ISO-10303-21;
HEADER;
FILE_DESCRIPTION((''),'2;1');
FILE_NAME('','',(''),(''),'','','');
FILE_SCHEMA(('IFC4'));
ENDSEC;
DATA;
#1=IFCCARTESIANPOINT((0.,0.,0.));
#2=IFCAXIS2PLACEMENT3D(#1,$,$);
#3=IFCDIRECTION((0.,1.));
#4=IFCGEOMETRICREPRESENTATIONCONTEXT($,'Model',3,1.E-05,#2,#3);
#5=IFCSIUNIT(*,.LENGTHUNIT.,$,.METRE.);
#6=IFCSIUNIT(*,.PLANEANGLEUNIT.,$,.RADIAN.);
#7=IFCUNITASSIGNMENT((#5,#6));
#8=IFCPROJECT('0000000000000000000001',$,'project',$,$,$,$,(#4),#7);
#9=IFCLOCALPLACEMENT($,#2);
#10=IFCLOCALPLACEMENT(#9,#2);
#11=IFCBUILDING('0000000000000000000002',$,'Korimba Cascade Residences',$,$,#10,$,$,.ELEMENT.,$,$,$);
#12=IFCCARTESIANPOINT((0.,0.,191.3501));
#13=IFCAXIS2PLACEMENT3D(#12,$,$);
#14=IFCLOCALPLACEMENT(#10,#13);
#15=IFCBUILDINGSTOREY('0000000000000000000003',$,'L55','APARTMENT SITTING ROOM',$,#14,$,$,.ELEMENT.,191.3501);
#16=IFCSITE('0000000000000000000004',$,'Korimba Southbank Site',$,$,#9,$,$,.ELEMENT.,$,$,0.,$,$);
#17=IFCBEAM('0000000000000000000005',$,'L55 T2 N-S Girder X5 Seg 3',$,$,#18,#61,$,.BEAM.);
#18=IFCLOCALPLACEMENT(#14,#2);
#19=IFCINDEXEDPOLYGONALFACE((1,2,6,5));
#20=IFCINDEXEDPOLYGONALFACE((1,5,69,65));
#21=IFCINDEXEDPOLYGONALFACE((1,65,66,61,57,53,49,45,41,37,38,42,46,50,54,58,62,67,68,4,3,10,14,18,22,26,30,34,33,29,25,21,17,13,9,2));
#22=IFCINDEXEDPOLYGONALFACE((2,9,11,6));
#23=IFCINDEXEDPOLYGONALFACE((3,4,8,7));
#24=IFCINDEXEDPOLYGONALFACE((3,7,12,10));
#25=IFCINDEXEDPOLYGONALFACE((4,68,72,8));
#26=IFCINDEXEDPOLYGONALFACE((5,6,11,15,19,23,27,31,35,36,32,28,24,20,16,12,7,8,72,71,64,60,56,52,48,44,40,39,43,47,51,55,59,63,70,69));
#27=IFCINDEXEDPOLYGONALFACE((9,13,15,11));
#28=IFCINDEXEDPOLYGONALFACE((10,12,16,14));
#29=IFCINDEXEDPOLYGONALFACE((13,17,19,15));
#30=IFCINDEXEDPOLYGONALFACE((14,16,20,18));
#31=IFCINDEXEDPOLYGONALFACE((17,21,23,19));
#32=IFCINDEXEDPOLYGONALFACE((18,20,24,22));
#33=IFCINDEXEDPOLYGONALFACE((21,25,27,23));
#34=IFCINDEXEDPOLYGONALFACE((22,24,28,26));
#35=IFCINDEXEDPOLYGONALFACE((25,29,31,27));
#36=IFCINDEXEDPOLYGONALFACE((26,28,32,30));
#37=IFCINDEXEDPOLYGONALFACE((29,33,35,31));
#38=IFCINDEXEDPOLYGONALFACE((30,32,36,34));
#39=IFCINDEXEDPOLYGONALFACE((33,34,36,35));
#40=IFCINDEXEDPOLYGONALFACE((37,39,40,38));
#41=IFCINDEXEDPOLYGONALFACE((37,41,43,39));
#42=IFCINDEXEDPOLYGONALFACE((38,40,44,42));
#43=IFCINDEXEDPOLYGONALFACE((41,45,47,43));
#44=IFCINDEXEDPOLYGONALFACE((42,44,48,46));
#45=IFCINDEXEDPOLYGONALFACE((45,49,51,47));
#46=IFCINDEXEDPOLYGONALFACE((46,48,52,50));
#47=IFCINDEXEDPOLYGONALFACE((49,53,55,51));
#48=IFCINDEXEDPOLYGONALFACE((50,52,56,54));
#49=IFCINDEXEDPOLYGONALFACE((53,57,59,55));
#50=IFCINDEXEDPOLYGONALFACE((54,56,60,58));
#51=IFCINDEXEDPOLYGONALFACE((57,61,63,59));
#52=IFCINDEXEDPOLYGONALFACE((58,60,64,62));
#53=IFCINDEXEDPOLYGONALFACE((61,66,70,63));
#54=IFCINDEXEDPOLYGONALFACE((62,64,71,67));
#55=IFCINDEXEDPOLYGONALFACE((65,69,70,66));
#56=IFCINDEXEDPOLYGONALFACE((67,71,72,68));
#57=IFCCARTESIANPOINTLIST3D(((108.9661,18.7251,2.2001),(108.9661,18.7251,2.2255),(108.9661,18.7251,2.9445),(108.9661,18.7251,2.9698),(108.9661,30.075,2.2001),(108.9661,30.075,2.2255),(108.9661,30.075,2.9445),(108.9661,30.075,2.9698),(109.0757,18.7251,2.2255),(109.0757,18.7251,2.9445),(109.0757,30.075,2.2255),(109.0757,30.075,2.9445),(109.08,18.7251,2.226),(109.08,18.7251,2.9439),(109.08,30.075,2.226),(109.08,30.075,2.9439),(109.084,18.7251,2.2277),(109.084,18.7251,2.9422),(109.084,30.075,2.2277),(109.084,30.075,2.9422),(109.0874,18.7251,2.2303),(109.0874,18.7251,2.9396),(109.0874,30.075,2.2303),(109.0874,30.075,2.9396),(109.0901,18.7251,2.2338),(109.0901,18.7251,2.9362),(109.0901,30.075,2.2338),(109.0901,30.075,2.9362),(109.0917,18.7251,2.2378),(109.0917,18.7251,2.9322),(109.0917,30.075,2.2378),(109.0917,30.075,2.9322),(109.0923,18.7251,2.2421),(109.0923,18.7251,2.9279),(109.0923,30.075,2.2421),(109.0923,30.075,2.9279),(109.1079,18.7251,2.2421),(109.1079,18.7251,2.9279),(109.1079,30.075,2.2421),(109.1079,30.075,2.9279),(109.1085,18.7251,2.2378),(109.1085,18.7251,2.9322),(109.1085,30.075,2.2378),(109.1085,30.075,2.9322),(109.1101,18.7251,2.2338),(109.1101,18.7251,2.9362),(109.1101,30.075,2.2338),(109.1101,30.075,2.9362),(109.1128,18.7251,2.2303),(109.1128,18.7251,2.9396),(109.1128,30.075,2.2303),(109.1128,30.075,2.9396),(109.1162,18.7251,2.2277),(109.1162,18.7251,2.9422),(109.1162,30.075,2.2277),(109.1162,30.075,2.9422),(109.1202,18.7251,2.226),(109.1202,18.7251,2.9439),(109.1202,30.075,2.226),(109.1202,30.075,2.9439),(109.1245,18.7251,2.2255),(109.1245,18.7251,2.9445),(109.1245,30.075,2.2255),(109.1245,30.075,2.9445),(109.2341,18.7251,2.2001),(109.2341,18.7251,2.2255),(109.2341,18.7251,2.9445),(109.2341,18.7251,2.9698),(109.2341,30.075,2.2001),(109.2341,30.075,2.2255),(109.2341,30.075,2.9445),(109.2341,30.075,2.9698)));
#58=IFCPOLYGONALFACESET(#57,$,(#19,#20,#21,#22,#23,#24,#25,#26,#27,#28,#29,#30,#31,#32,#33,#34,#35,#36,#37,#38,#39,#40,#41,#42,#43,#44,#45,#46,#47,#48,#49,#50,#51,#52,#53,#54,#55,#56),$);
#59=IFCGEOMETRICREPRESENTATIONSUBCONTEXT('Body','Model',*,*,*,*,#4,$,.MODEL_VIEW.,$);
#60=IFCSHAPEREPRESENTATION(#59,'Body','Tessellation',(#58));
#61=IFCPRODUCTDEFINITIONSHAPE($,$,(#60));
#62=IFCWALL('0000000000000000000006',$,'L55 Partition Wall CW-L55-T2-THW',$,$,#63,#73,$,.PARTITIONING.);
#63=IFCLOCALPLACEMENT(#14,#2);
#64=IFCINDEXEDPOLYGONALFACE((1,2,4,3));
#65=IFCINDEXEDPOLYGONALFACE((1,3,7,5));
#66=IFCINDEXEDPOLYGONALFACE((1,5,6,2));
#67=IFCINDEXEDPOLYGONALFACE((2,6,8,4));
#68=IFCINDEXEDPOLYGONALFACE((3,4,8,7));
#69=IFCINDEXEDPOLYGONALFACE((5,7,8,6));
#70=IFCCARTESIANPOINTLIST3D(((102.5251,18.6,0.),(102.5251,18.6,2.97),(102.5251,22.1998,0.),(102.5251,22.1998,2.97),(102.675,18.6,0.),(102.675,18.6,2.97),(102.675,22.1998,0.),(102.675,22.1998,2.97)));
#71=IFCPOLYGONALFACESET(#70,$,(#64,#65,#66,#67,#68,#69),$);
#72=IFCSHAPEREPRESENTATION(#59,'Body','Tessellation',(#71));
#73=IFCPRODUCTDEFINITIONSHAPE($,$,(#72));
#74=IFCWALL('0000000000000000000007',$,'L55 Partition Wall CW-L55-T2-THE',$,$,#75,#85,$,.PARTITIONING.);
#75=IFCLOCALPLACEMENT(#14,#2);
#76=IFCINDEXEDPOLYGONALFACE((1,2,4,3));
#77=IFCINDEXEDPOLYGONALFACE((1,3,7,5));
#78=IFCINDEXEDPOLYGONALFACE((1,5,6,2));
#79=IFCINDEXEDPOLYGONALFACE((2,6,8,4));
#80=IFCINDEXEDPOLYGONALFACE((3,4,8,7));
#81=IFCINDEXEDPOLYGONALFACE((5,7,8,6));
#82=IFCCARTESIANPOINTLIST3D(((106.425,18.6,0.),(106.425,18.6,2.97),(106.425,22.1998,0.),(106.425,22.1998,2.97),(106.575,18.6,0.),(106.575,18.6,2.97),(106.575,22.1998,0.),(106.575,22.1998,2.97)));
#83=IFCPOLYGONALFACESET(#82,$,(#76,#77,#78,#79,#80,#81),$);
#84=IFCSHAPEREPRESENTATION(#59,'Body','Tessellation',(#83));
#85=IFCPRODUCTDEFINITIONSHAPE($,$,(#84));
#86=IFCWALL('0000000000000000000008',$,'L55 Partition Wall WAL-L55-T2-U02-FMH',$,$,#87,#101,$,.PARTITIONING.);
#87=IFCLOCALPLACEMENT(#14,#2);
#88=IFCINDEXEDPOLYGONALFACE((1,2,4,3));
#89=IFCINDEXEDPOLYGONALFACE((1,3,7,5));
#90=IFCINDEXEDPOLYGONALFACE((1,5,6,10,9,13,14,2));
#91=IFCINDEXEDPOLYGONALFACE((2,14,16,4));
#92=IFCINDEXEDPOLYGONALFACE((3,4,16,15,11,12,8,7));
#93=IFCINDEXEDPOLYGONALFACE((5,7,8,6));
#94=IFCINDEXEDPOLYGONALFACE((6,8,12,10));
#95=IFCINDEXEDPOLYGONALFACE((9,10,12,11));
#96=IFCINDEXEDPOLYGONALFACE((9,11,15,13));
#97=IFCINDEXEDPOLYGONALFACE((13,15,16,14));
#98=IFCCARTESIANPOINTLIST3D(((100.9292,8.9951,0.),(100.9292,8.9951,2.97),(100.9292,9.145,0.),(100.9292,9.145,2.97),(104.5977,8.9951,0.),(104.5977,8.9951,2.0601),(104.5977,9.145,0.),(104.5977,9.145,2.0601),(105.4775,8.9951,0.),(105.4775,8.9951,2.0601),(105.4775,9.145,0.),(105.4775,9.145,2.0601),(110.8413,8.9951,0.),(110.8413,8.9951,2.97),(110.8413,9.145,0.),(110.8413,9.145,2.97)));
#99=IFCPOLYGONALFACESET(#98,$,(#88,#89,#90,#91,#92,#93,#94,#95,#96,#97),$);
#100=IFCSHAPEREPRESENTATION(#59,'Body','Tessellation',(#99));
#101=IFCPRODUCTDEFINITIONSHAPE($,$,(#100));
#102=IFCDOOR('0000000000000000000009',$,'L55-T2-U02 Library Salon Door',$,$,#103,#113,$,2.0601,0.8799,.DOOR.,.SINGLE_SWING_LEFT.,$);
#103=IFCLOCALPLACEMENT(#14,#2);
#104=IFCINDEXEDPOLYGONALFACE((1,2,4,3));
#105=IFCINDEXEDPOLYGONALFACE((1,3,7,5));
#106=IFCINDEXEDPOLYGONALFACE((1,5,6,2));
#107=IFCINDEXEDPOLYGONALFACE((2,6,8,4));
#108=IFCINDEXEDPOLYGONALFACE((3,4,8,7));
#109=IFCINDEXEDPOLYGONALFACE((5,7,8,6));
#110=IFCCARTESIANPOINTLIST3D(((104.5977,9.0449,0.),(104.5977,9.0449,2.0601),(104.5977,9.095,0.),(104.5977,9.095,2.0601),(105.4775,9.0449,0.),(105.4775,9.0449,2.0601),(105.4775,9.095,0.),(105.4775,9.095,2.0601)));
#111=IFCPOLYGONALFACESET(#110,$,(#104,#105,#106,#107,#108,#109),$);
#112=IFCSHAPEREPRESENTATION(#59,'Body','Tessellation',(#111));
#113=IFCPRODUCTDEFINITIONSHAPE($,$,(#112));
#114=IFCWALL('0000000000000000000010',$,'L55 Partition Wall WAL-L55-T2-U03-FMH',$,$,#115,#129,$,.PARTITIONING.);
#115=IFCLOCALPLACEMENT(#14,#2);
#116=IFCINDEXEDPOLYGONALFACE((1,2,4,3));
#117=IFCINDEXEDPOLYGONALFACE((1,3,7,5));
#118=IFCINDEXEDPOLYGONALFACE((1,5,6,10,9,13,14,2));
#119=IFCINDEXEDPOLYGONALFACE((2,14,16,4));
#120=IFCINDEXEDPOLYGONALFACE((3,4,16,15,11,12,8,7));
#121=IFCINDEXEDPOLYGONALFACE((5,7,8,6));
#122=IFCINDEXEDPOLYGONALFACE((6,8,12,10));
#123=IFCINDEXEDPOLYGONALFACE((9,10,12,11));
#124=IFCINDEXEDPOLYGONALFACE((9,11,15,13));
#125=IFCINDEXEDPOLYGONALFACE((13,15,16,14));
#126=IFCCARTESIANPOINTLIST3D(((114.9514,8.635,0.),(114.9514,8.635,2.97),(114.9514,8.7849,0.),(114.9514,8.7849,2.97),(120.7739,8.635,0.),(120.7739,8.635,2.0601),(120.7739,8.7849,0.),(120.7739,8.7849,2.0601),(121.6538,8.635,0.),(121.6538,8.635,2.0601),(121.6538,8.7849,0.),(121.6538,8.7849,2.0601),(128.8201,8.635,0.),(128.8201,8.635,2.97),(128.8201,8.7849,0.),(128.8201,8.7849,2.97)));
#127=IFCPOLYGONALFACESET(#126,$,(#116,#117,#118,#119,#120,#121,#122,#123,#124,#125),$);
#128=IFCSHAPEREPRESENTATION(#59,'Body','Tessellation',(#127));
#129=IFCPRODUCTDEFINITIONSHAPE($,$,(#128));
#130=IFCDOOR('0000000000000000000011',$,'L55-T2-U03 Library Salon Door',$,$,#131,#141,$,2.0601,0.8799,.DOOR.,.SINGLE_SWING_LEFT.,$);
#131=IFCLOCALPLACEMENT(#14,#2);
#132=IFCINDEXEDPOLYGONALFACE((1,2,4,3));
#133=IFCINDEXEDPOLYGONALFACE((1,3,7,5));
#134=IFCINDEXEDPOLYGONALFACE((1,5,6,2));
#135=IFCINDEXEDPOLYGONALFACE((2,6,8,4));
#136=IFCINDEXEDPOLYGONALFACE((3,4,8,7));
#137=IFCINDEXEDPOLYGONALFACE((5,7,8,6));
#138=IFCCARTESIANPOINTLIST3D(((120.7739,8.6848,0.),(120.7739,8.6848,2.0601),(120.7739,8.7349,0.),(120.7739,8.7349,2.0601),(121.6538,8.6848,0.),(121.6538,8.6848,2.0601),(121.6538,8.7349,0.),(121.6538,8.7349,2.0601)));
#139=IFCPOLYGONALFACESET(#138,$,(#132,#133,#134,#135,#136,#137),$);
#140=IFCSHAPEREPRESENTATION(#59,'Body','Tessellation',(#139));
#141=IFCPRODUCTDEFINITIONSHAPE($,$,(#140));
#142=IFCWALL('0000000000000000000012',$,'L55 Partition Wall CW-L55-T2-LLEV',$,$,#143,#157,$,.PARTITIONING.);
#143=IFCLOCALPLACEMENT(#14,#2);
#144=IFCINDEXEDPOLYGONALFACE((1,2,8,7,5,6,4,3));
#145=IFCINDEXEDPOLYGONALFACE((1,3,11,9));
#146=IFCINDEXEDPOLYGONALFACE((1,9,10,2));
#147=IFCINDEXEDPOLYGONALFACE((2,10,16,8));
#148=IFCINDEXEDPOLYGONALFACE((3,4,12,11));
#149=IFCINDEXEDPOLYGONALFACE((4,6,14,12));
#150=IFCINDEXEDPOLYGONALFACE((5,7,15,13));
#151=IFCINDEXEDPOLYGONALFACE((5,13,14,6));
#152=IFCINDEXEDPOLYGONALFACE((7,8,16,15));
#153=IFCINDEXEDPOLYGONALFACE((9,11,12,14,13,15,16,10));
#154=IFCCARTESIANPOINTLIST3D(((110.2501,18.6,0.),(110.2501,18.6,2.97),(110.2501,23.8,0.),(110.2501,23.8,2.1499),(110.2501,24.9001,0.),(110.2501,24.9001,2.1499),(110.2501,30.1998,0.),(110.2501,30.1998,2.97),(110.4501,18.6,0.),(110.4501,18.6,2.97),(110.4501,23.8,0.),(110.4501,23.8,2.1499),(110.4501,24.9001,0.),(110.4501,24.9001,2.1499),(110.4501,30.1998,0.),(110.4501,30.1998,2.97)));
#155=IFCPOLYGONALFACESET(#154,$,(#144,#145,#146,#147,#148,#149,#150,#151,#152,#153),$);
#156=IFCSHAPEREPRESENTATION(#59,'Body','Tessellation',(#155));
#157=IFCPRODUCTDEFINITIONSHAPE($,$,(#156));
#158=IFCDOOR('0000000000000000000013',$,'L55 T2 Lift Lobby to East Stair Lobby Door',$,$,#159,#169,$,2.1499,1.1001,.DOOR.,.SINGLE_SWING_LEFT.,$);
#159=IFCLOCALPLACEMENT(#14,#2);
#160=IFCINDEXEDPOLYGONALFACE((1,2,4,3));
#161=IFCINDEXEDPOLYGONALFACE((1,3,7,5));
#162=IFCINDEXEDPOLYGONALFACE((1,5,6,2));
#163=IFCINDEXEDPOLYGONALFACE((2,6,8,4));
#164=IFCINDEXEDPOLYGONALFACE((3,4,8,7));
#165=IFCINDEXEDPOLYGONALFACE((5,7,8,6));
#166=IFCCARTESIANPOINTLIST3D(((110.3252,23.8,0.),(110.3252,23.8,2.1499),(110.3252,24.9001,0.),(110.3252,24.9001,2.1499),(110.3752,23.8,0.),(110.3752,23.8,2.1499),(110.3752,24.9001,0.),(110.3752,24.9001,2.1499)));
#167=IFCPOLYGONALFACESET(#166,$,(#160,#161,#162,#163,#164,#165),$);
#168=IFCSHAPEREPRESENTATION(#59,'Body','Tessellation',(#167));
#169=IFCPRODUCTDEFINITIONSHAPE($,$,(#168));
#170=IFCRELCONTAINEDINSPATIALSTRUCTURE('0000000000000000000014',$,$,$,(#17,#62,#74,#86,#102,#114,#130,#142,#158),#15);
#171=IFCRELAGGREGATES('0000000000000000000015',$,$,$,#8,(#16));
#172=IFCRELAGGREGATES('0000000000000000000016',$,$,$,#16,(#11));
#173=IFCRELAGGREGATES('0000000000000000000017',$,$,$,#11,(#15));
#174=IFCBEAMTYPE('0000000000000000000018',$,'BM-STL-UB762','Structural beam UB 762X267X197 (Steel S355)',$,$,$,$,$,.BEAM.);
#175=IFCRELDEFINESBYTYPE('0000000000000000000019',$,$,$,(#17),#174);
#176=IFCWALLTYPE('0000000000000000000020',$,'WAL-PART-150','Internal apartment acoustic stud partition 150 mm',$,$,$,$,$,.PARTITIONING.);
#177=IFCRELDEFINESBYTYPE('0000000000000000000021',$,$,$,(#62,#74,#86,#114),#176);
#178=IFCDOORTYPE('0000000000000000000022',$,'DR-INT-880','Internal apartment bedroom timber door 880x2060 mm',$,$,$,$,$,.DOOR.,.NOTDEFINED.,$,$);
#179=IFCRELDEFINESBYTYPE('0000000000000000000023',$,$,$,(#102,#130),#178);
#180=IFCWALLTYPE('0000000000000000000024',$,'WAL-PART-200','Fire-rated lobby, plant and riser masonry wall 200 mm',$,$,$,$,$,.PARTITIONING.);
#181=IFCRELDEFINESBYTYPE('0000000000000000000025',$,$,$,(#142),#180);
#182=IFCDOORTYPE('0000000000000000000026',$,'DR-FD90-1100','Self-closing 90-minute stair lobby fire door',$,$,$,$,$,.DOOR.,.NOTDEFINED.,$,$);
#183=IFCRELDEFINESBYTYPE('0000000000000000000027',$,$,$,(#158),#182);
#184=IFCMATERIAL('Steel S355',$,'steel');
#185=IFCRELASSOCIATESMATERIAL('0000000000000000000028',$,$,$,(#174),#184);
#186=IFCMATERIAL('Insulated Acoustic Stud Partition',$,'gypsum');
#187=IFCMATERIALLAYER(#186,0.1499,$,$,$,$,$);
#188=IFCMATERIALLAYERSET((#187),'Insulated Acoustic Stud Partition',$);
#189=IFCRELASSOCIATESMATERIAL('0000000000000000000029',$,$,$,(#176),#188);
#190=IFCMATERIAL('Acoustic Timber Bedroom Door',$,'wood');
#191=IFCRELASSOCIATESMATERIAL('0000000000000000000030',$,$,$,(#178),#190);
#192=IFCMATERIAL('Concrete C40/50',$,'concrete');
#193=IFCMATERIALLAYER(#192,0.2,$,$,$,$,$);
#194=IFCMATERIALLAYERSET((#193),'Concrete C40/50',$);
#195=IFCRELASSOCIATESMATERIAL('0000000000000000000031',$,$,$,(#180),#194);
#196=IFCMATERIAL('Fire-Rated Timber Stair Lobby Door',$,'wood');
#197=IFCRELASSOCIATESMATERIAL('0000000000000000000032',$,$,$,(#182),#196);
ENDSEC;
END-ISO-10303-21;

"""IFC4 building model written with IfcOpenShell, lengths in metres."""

from ifc_helpers import new_model, si_unit, direction, frame, frame_2d, origin, origin_2d, place, context, subcontext, project, spatial, rectangle, i_section, extrude, material, layer, layer_set, material_profile, profile_set, type_object, element, fill, save


model = new_model("IFC4")

# Units and contexts
model_context = context("Model", 3, precision=1e-05, world=origin(), true_north=direction((0.0, 1.0)))
body_context = subcontext(model_context, "Body", "Model", "MODEL_VIEW")
ifc_project = project(units=[si_unit("LENGTHUNIT", "METRE"), si_unit("PLANEANGLEUNIT", "RADIAN")], contexts=[model_context])

# Site, building, storey
site_placement = place(None, origin())
site = spatial("IfcSite", under=ifc_project, at=site_placement, Name="Korimba Southbank Site", CompositionType="ELEMENT", RefElevation=0.0)
building_placement = place(site_placement, origin())
building = spatial("IfcBuilding", under=site, at=building_placement, Name="Korimba Cascade Residences", CompositionType="ELEMENT")
storey_placement = place(building_placement, frame((0.0, 0.0, 191.3501)))
storey = spatial("IfcBuildingStorey", under=building, at=storey_placement, Name="L55", Description="APARTMENT SITTING ROOM", CompositionType="ELEMENT", Elevation=191.3501)

# Beam
ifc_material_1 = material(Name="Steel S355", Category="steel")
ifc_material_profile_1 = material_profile(ifc_material_1, i_section(OverallWidth=0.2681, OverallDepth=0.7698, WebThickness=0.0156, FlangeThickness=0.0254, FilletRadius=0.0166, at=origin_2d()), Name="Steel S355")
ifc_profile_set_1 = profile_set([ifc_material_profile_1], Name="Steel S355")
beam_type = type_object("IfcBeamType", Name="BM-STL-UB762", Description="Structural beam UB 762X267X197 (Steel S355)", PredefinedType="BEAM", material=ifc_profile_set_1)
beam_1_placement = place(storey_placement, frame((109.1001, 18.7251, 2.585), z_axis=(0.0, 1.0, 0.0), x_axis=(-1.0, 0.0, 0.0)))
element("IfcBeam", 1, at=beam_1_placement, inside=storey, type_object=beam_type, Name="L55 T2 N-S Girder X5 Seg 3", PredefinedType="BEAM", context=body_context, shape_type="SweptSolid", body=[
    extrude(i_section(OverallWidth=0.2681, OverallDepth=0.7698, WebThickness=0.0156, FlangeThickness=0.0254, FilletRadius=0.0166, at=origin_2d()), origin(), (0.0, 0.0, 1.0), 11.3499),
])

# Walls
ifc_material_2 = material(Name="Insulated Acoustic Stud Partition", Category="gypsum")
ifc_layer_1 = layer(ifc_material_2, 0.1499)
ifc_layer_set_1 = layer_set([ifc_layer_1], Name="Insulated Acoustic Stud Partition")
wall_type_1 = type_object("IfcWallType", Name="WAL-PART-150", Description="Internal apartment acoustic stud partition 150 mm", PredefinedType="PARTITIONING", material=ifc_layer_set_1)
for number, where, z_axis, x_axis, name in (
    (2, (102.6001, 18.6001, 0.0), (0.0, 0.0, 1.0), (0.0, 1.0, 0.0), "L55 Partition Wall CW-L55-T2-THW"),
    (3, (106.5, 18.6001, 0.0), (0.0, 0.0, 1.0), (0.0, 1.0, 0.0), "L55 Partition Wall CW-L55-T2-THE"),
):
    element("IfcWall", number, at=place(storey_placement, frame(where, z_axis=z_axis, x_axis=x_axis)), inside=storey, type_object=wall_type_1, Name=name, PredefinedType="PARTITIONING", context=body_context, shape_type="SweptSolid", body=[
        extrude(rectangle(XDim=3.5999, YDim=0.1499, at=frame_2d((1.7998, 0.0))), origin(), (0.0, 0.0, 1.0), 2.97),
    ])

# Walls, openings, doors
wall_1_placement = place(storey_placement, frame((100.9292, 9.0701, 0.0), z_axis=(0.0, 0.0, 1.0), x_axis=(1.0, 0.0, 0.0)))
wall_1 = element("IfcWall", 4, at=wall_1_placement, inside=storey, type_object=wall_type_1, Name="L55 Partition Wall WAL-L55-T2-U02-FMH", PredefinedType="PARTITIONING", context=body_context, shape_type="SweptSolid", body=[
    extrude(rectangle(XDim=9.9121, YDim=0.1499, at=frame_2d((4.9561, 0.0))), origin(), (0.0, 0.0, 1.0), 2.97),
])
opening_1_placement = place(wall_1_placement, frame((3.6685, 0.0, 0.0)))
opening_1 = element("IfcOpeningElement", 5, at=opening_1_placement, cuts=wall_1, PredefinedType="OPENING", context=body_context, shape_type="SweptSolid", body=[
    extrude(rectangle(XDim=0.8799, YDim=2.0601, at=frame_2d((0.4399, 1.03))), frame((0.0, 0.085, 0.0), z_axis=(0.0, -1.0, 0.0), x_axis=(1.0, 0.0, 0.0)), (0.0, 0.0, 1.0), 0.1699),
])
ifc_material_3 = material(Name="Acoustic Timber Bedroom Door", Category="wood")
door_type_1 = type_object("IfcDoorType", Name="DR-INT-880", Description="Internal apartment bedroom timber door 880x2060 mm", OperationType="NOTDEFINED", PredefinedType="DOOR", material=ifc_material_3)
door_1_placement = place(opening_1_placement, origin())
door_1 = element("IfcDoor", 6, at=door_1_placement, inside=storey, type_object=door_type_1, Name="L55-T2-U02 Library Salon Door", OperationType="SINGLE_SWING_LEFT", OverallHeight=2.0601, OverallWidth=0.8799, PredefinedType="DOOR", context=body_context, shape_type="SweptSolid", body=[
    extrude(rectangle(XDim=0.8799, YDim=2.0601, at=frame_2d((0.4399, 1.03))), frame((0.0, 0.0249, 0.0), z_axis=(0.0, -1.0, 0.0), x_axis=(1.0, 0.0, 0.0)), (0.0, 0.0, 1.0), 0.05),
])
fill(opening_1, door_1)
wall_2_placement = place(storey_placement, frame((114.9514, 8.71, 0.0), z_axis=(0.0, 0.0, 1.0), x_axis=(1.0, 0.0, 0.0)))
wall_2 = element("IfcWall", 7, at=wall_2_placement, inside=storey, type_object=wall_type_1, Name="L55 Partition Wall WAL-L55-T2-U03-FMH", PredefinedType="PARTITIONING", context=body_context, shape_type="SweptSolid", body=[
    extrude(rectangle(XDim=13.8687, YDim=0.1499, at=frame_2d((6.9343, 0.0))), origin(), (0.0, 0.0, 1.0), 2.97),
])
opening_2_placement = place(wall_2_placement, frame((5.8225, 0.0, 0.0)))
opening_2 = element("IfcOpeningElement", 8, at=opening_2_placement, cuts=wall_2, PredefinedType="OPENING", context=body_context, shape_type="SweptSolid", body=[
    extrude(rectangle(XDim=0.8799, YDim=2.0601, at=frame_2d((0.4399, 1.03))), frame((0.0, 0.085, 0.0), z_axis=(0.0, -1.0, 0.0), x_axis=(1.0, 0.0, 0.0)), (0.0, 0.0, 1.0), 0.1699),
])
door_2_placement = place(opening_2_placement, origin())
door_2 = element("IfcDoor", 9, at=door_2_placement, inside=storey, type_object=door_type_1, Name="L55-T2-U03 Library Salon Door", OperationType="SINGLE_SWING_LEFT", OverallHeight=2.0601, OverallWidth=0.8799, PredefinedType="DOOR", context=body_context, shape_type="SweptSolid", body=[
    extrude(rectangle(XDim=0.8799, YDim=2.0601, at=frame_2d((0.4399, 1.03))), frame((0.0, 0.0249, 0.0), z_axis=(0.0, -1.0, 0.0), x_axis=(1.0, 0.0, 0.0)), (0.0, 0.0, 1.0), 0.05),
])
fill(opening_2, door_2)
ifc_material_4 = material(Name="Concrete C40/50", Category="concrete")
ifc_layer_2 = layer(ifc_material_4, 0.2)
ifc_layer_set_2 = layer_set([ifc_layer_2], Name="Concrete C40/50")
wall_type_2 = type_object("IfcWallType", Name="WAL-PART-200", Description="Fire-rated lobby, plant and riser masonry wall 200 mm", PredefinedType="PARTITIONING", material=ifc_layer_set_2)
wall_3_placement = place(storey_placement, frame((110.3501, 18.6001, 0.0), z_axis=(0.0, 0.0, 1.0), x_axis=(0.0, 1.0, 0.0)))
wall_3 = element("IfcWall", 10, at=wall_3_placement, inside=storey, type_object=wall_type_2, Name="L55 Partition Wall CW-L55-T2-LLEV", PredefinedType="PARTITIONING", context=body_context, shape_type="SweptSolid", body=[
    extrude(rectangle(XDim=11.5999, YDim=0.2, at=frame_2d((5.7998, 0.0))), origin(), (0.0, 0.0, 1.0), 2.97),
])
opening_3_placement = place(wall_3_placement, frame((5.2, 0.0, 0.0)))
opening_3 = element("IfcOpeningElement", 11, at=opening_3_placement, cuts=wall_3, PredefinedType="OPENING", context=body_context, shape_type="SweptSolid", body=[
    extrude(rectangle(XDim=1.1001, YDim=2.1499, at=frame_2d((0.55, 1.075))), frame((0.0, 0.1099, 0.0), z_axis=(0.0, -1.0, 0.0), x_axis=(1.0, 0.0, 0.0)), (0.0, 0.0, 1.0), 0.22),
])
ifc_material_5 = material(Name="Fire-Rated Timber Stair Lobby Door", Category="wood")
door_type_2 = type_object("IfcDoorType", Name="DR-FD90-1100", Description="Self-closing 90-minute stair lobby fire door", OperationType="NOTDEFINED", PredefinedType="DOOR", material=ifc_material_5)
door_3_placement = place(opening_3_placement, origin())
door_3 = element("IfcDoor", 12, at=door_3_placement, inside=storey, type_object=door_type_2, Name="L55 T2 Lift Lobby to East Stair Lobby Door", OperationType="SINGLE_SWING_LEFT", OverallHeight=2.1499, OverallWidth=1.1001, PredefinedType="DOOR", context=body_context, shape_type="SweptSolid", body=[
    extrude(rectangle(XDim=1.1001, YDim=2.1499, at=frame_2d((0.55, 1.075))), frame((0.0, 0.0249, 0.0), z_axis=(0.0, -1.0, 0.0), x_axis=(1.0, 0.0, 0.0)), (0.0, 0.0, 1.0), 0.05),
])
fill(opening_3, door_3)

save(model, "model.ifc")
